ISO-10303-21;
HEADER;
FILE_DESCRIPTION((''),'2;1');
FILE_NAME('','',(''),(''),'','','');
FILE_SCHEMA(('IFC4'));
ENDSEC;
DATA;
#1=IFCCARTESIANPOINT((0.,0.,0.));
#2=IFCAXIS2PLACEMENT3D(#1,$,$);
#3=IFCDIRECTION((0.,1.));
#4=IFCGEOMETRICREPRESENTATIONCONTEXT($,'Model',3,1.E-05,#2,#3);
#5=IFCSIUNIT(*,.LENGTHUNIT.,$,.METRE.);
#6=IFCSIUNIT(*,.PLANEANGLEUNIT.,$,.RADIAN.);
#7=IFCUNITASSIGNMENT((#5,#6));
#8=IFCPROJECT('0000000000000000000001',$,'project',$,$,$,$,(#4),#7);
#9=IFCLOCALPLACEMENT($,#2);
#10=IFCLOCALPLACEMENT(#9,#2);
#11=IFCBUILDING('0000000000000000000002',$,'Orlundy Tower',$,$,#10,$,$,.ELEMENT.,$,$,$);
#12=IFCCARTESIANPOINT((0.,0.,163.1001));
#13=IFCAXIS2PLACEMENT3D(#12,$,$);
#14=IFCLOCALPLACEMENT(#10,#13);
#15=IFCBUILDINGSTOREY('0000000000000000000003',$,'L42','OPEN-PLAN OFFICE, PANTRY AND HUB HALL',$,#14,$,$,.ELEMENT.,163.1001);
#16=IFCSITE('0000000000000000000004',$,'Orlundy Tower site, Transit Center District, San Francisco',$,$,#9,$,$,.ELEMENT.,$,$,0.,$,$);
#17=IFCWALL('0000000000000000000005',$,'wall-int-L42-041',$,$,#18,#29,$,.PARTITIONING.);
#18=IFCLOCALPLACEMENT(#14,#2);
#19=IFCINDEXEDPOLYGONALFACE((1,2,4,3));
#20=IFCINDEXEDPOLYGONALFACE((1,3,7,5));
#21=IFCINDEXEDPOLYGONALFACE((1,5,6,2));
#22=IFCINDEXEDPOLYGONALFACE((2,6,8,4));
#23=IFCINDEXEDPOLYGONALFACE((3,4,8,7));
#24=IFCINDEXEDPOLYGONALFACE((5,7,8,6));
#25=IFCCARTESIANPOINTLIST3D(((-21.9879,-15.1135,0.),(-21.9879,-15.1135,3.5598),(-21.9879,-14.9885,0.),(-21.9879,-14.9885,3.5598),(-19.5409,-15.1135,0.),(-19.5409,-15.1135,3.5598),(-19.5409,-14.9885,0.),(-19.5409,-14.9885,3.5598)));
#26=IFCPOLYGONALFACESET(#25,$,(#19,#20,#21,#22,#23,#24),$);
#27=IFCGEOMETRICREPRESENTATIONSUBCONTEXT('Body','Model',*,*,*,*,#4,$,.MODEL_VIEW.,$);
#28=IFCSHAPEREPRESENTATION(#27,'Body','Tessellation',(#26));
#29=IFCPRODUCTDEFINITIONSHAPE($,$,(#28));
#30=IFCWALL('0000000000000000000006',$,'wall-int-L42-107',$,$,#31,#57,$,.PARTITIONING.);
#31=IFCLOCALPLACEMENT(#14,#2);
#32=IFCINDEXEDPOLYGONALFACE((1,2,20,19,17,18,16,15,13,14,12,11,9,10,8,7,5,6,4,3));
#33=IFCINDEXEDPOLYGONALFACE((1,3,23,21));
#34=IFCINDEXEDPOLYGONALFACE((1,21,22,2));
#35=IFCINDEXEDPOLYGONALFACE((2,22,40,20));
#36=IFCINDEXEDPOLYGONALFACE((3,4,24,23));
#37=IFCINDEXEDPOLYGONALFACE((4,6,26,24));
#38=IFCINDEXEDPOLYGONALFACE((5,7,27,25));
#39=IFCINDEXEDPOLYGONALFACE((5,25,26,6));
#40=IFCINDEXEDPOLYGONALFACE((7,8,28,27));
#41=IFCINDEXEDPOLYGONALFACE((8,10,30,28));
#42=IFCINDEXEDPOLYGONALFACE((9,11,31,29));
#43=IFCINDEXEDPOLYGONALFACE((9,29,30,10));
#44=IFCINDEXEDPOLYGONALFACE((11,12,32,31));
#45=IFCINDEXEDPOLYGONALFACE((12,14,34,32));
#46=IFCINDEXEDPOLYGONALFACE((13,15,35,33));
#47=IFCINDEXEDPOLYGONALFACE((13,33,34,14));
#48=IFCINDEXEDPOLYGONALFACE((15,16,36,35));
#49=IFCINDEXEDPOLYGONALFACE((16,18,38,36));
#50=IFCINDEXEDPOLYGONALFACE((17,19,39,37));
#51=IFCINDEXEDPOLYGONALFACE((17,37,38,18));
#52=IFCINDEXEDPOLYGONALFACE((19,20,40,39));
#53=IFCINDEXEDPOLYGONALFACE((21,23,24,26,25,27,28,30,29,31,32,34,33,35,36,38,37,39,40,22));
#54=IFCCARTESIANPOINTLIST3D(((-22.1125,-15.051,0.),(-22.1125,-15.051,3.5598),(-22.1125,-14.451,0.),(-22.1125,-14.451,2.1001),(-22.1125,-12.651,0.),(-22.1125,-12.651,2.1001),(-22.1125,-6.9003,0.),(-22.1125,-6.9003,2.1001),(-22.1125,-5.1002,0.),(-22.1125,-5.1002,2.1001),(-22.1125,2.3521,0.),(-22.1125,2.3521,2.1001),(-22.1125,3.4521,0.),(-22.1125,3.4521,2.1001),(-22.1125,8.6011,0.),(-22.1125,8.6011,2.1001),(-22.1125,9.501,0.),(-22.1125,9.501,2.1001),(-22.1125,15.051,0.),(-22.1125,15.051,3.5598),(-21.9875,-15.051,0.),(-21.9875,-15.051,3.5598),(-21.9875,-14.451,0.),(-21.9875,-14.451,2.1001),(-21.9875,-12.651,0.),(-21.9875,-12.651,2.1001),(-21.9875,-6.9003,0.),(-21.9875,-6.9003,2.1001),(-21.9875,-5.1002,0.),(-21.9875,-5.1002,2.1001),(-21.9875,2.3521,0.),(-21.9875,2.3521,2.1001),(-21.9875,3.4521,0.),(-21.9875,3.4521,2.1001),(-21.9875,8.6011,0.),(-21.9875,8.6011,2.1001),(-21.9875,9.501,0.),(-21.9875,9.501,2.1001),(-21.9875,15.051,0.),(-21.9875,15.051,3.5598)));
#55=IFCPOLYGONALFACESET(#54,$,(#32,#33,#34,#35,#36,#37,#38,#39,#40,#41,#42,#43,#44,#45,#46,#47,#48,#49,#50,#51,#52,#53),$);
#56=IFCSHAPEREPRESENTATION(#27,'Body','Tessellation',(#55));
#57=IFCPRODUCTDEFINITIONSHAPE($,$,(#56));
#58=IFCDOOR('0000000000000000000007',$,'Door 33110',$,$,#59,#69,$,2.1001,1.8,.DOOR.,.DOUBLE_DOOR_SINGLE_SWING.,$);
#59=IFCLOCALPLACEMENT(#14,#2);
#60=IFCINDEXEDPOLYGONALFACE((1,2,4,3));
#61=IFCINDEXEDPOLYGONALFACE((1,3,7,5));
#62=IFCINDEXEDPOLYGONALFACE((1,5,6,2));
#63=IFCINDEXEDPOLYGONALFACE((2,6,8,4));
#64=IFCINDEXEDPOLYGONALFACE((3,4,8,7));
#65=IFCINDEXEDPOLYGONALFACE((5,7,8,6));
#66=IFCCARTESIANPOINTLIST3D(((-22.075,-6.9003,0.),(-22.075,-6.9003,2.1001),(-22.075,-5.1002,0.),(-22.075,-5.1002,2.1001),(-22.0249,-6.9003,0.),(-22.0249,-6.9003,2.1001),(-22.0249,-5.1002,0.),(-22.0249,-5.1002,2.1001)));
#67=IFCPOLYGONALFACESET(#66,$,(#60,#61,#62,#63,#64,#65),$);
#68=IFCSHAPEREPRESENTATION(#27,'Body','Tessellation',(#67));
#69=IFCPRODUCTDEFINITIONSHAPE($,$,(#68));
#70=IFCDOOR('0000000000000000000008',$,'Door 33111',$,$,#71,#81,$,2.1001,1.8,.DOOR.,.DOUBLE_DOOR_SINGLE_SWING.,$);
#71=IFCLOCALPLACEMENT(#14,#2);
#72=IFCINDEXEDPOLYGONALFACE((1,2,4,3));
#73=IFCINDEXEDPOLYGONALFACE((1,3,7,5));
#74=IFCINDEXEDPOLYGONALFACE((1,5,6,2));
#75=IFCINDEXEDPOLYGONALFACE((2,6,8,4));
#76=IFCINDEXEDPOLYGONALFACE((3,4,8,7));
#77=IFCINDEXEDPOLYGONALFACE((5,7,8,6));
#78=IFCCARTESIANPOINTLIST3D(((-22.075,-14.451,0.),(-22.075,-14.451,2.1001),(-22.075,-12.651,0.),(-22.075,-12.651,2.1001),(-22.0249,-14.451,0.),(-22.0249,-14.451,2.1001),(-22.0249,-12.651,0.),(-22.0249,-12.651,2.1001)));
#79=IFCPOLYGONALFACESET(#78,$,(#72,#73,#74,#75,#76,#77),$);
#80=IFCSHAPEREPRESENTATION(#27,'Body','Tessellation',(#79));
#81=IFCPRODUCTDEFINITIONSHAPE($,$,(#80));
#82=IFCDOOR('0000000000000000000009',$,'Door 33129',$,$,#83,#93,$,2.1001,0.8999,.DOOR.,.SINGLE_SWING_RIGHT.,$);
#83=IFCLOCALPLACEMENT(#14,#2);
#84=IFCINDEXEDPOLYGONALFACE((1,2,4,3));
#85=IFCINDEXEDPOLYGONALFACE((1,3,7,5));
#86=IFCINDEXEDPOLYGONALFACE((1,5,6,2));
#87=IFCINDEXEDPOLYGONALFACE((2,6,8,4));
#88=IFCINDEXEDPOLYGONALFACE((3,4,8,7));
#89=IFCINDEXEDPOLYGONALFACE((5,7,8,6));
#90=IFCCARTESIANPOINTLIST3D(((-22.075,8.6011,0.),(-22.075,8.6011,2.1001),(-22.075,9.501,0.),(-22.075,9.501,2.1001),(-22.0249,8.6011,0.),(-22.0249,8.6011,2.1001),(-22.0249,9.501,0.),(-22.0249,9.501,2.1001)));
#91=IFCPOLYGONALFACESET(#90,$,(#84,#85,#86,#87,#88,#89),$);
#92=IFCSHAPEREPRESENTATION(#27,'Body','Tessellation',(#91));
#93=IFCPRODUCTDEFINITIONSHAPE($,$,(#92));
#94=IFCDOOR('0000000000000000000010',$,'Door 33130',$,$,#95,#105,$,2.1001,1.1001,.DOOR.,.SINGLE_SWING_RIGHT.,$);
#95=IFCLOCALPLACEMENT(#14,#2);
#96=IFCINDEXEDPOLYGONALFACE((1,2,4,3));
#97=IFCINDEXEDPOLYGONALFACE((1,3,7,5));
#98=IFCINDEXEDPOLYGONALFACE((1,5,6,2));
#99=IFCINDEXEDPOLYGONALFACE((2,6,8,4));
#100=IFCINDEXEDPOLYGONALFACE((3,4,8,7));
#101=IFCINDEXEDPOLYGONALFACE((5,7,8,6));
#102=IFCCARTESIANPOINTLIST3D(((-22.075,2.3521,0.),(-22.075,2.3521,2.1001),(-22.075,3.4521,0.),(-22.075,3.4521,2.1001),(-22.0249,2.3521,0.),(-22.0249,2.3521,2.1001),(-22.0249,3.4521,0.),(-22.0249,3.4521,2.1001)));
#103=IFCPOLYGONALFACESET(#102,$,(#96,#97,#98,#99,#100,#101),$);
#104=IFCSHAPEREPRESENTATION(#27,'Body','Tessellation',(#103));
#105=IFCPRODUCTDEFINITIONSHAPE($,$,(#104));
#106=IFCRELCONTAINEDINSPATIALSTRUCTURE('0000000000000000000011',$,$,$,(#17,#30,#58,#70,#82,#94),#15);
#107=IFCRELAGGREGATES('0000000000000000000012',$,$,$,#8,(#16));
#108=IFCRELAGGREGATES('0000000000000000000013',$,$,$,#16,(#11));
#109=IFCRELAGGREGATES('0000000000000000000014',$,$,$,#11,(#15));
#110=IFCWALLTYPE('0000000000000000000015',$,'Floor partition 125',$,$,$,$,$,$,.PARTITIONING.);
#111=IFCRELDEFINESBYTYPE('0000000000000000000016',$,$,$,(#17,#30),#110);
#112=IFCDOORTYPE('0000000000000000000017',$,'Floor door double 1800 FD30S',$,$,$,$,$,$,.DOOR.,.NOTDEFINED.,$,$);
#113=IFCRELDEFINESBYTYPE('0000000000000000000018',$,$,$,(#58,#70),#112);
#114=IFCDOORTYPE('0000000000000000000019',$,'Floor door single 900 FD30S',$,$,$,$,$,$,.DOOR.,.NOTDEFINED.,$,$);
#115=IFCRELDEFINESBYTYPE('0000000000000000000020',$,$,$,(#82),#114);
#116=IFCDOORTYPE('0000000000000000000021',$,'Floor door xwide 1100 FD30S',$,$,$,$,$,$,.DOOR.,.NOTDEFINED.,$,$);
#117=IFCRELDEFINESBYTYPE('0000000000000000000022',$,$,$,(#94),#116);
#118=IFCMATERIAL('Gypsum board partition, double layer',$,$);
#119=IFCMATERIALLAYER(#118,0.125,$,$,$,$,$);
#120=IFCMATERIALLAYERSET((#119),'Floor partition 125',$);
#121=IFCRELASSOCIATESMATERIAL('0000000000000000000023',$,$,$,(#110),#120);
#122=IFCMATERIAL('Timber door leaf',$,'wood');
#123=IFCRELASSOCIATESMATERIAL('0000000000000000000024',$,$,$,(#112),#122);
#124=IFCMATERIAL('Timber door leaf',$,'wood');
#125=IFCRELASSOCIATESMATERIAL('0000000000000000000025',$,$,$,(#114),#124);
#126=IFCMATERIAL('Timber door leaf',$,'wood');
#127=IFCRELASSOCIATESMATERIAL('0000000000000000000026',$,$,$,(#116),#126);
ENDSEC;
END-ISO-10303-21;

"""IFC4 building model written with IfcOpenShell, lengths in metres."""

from ifc_helpers import new_model, si_unit, direction, frame, frame_2d, origin, place, context, subcontext, project, spatial, rectangle, extrude, material, layer, layer_set, type_object, element, fill, save


model = new_model("IFC4")

# Units and contexts
model_context = context("Model", 3, precision=1e-05, world=origin(), true_north=direction((0.0, 1.0)))
body_context = subcontext(model_context, "Body", "Model", "MODEL_VIEW")
ifc_project = project(units=[si_unit("LENGTHUNIT", "METRE"), si_unit("PLANEANGLEUNIT", "RADIAN")], contexts=[model_context])

# Site, building, storey
site_placement = place(None, origin())
site = spatial("IfcSite", under=ifc_project, at=site_placement, Name="Orlundy Tower site, Transit Center District, San Francisco", CompositionType="ELEMENT", RefElevation=0.0)
building_placement = place(site_placement, origin())
building = spatial("IfcBuilding", under=site, at=building_placement, Name="Orlundy Tower", CompositionType="ELEMENT")
storey_placement = place(building_placement, frame((0.0, 0.0, 163.1001)))
storey = spatial("IfcBuildingStorey", under=building, at=storey_placement, Name="L42", Description="OPEN-PLAN OFFICE, PANTRY AND HUB HALL", CompositionType="ELEMENT", Elevation=163.1001)

# Wall
ifc_material_1 = material(Name="Gypsum board partition, double layer")
ifc_layer_1 = layer(ifc_material_1, 0.125)
ifc_layer_set_1 = layer_set([ifc_layer_1], Name="Floor partition 125")
wall_type_1 = type_object("IfcWallType", Name="Floor partition 125", PredefinedType="PARTITIONING", material=ifc_layer_set_1)
wall_1_placement = place(storey_placement, frame((-21.988, -15.051, 0.0), z_axis=(0.0, 0.0, 1.0), x_axis=(1.0, 0.0, 0.0)))
element("IfcWall", 1, at=wall_1_placement, inside=storey, type_object=wall_type_1, Name="wall-int-L42-041", PredefinedType="PARTITIONING", context=body_context, shape_type="SweptSolid", body=[
    extrude(rectangle(XDim=2.447, YDim=0.125, at=frame_2d((1.2236, 0.0))), origin(), (0.0, 0.0, 1.0), 3.5598),
])

# Wall, openings, doors
wall_2_placement = place(storey_placement, frame((-22.05, -15.051, 0.0), z_axis=(0.0, 0.0, 1.0), x_axis=(0.0, 1.0, 0.0)))
wall_2 = element("IfcWall", 2, at=wall_2_placement, inside=storey, type_object=wall_type_1, Name="wall-int-L42-107", PredefinedType="PARTITIONING", context=body_context, shape_type="SweptSolid", body=[
    extrude(rectangle(XDim=30.1021, YDim=0.125, at=frame_2d((15.051, 0.0))), origin(), (0.0, 0.0, 1.0), 3.5598),
])
opening_1_placement = place(wall_2_placement, frame((8.1509, 0.0, 0.0)))
opening_1 = element("IfcOpeningElement", 3, at=opening_1_placement, cuts=wall_2, PredefinedType="OPENING", context=body_context, shape_type="SweptSolid", body=[
    extrude(rectangle(XDim=1.8, YDim=2.1001, at=frame_2d((0.8999, 1.05))), frame((0.0, 0.0725, 0.0), z_axis=(0.0, -1.0, 0.0), x_axis=(1.0, 0.0, 0.0)), (0.0, 0.0, 1.0), 0.145),
])
opening_2_placement = place(wall_2_placement, frame((0.6001, 0.0, 0.0)))
opening_2 = element("IfcOpeningElement", 4, at=opening_2_placement, cuts=wall_2, PredefinedType="OPENING", context=body_context, shape_type="SweptSolid", body=[
    extrude(rectangle(XDim=1.8, YDim=2.1001, at=frame_2d((0.8999, 1.05))), frame((0.0, 0.0725, 0.0), z_axis=(0.0, -1.0, 0.0), x_axis=(1.0, 0.0, 0.0)), (0.0, 0.0, 1.0), 0.145),
])
opening_3_placement = place(wall_2_placement, frame((23.6521, 0.0, 0.0)))
opening_3 = element("IfcOpeningElement", 5, at=opening_3_placement, cuts=wall_2, PredefinedType="OPENING", context=body_context, shape_type="SweptSolid", body=[
    extrude(rectangle(XDim=0.8999, YDim=2.1001, at=frame_2d((0.45, 1.05))), frame((0.0, 0.0725, 0.0), z_axis=(0.0, -1.0, 0.0), x_axis=(1.0, 0.0, 0.0)), (0.0, 0.0, 1.0), 0.145),
])
opening_4_placement = place(wall_2_placement, frame((17.4031, 0.0, 0.0)))
opening_4 = element("IfcOpeningElement", 6, at=opening_4_placement, cuts=wall_2, PredefinedType="OPENING", context=body_context, shape_type="SweptSolid", body=[
    extrude(rectangle(XDim=1.1001, YDim=2.1001, at=frame_2d((0.55, 1.05))), frame((0.0, 0.0725, 0.0), z_axis=(0.0, -1.0, 0.0), x_axis=(1.0, 0.0, 0.0)), (0.0, 0.0, 1.0), 0.145),
])
ifc_material_2 = material(Name="Timber door leaf", Category="wood")
door_type_1 = type_object("IfcDoorType", Name="Floor door double 1800 FD30S", OperationType="NOTDEFINED", PredefinedType="DOOR", material=ifc_material_2)
door_1_placement = place(opening_1_placement, origin())
door_1 = element("IfcDoor", 7, at=door_1_placement, inside=storey, type_object=door_type_1, Name="Door 33110", OperationType="DOUBLE_DOOR_SINGLE_SWING", OverallHeight=2.1001, OverallWidth=1.8, PredefinedType="DOOR", context=body_context, shape_type="SweptSolid", body=[
    extrude(rectangle(XDim=1.8, YDim=2.1001, at=frame_2d((0.8999, 1.05))), frame((0.0, 0.0249, 0.0), z_axis=(0.0, -1.0, 0.0), x_axis=(1.0, 0.0, 0.0)), (0.0, 0.0, 1.0), 0.05),
])
fill(opening_1, door_1)
door_2_placement = place(opening_2_placement, origin())
door_2 = element("IfcDoor", 8, at=door_2_placement, inside=storey, type_object=door_type_1, Name="Door 33111", OperationType="DOUBLE_DOOR_SINGLE_SWING", OverallHeight=2.1001, OverallWidth=1.8, PredefinedType="DOOR", context=body_context, shape_type="SweptSolid", body=[
    extrude(rectangle(XDim=1.8, YDim=2.1001, at=frame_2d((0.8999, 1.05))), frame((0.0, 0.0249, 0.0), z_axis=(0.0, -1.0, 0.0), x_axis=(1.0, 0.0, 0.0)), (0.0, 0.0, 1.0), 0.05),
])
fill(opening_2, door_2)
ifc_material_3 = material(Name="Timber door leaf", Category="wood")
door_type_2 = type_object("IfcDoorType", Name="Floor door single 900 FD30S", OperationType="NOTDEFINED", PredefinedType="DOOR", material=ifc_material_3)
door_3_placement = place(opening_3_placement, origin())
door_3 = element("IfcDoor", 9, at=door_3_placement, inside=storey, type_object=door_type_2, Name="Door 33129", OperationType="SINGLE_SWING_RIGHT", OverallHeight=2.1001, OverallWidth=0.8999, PredefinedType="DOOR", context=body_context, shape_type="SweptSolid", body=[
    extrude(rectangle(XDim=0.8999, YDim=2.1001, at=frame_2d((0.45, 1.05))), frame((0.0, 0.0249, 0.0), z_axis=(0.0, -1.0, 0.0), x_axis=(1.0, 0.0, 0.0)), (0.0, 0.0, 1.0), 0.05),
])
fill(opening_3, door_3)
ifc_material_4 = material(Name="Timber door leaf", Category="wood")
door_type_3 = type_object("IfcDoorType", Name="Floor door xwide 1100 FD30S", OperationType="NOTDEFINED", PredefinedType="DOOR", material=ifc_material_4)
door_4_placement = place(opening_4_placement, origin())
door_4 = element("IfcDoor", 10, at=door_4_placement, inside=storey, type_object=door_type_3, Name="Door 33130", OperationType="SINGLE_SWING_RIGHT", OverallHeight=2.1001, OverallWidth=1.1001, PredefinedType="DOOR", context=body_context, shape_type="SweptSolid", body=[
    extrude(rectangle(XDim=1.1001, YDim=2.1001, at=frame_2d((0.55, 1.05))), frame((0.0, 0.0249, 0.0), z_axis=(0.0, -1.0, 0.0), x_axis=(1.0, 0.0, 0.0)), (0.0, 0.0, 1.0), 0.05),
])
fill(opening_4, door_4)

save(model, "model.ifc")
